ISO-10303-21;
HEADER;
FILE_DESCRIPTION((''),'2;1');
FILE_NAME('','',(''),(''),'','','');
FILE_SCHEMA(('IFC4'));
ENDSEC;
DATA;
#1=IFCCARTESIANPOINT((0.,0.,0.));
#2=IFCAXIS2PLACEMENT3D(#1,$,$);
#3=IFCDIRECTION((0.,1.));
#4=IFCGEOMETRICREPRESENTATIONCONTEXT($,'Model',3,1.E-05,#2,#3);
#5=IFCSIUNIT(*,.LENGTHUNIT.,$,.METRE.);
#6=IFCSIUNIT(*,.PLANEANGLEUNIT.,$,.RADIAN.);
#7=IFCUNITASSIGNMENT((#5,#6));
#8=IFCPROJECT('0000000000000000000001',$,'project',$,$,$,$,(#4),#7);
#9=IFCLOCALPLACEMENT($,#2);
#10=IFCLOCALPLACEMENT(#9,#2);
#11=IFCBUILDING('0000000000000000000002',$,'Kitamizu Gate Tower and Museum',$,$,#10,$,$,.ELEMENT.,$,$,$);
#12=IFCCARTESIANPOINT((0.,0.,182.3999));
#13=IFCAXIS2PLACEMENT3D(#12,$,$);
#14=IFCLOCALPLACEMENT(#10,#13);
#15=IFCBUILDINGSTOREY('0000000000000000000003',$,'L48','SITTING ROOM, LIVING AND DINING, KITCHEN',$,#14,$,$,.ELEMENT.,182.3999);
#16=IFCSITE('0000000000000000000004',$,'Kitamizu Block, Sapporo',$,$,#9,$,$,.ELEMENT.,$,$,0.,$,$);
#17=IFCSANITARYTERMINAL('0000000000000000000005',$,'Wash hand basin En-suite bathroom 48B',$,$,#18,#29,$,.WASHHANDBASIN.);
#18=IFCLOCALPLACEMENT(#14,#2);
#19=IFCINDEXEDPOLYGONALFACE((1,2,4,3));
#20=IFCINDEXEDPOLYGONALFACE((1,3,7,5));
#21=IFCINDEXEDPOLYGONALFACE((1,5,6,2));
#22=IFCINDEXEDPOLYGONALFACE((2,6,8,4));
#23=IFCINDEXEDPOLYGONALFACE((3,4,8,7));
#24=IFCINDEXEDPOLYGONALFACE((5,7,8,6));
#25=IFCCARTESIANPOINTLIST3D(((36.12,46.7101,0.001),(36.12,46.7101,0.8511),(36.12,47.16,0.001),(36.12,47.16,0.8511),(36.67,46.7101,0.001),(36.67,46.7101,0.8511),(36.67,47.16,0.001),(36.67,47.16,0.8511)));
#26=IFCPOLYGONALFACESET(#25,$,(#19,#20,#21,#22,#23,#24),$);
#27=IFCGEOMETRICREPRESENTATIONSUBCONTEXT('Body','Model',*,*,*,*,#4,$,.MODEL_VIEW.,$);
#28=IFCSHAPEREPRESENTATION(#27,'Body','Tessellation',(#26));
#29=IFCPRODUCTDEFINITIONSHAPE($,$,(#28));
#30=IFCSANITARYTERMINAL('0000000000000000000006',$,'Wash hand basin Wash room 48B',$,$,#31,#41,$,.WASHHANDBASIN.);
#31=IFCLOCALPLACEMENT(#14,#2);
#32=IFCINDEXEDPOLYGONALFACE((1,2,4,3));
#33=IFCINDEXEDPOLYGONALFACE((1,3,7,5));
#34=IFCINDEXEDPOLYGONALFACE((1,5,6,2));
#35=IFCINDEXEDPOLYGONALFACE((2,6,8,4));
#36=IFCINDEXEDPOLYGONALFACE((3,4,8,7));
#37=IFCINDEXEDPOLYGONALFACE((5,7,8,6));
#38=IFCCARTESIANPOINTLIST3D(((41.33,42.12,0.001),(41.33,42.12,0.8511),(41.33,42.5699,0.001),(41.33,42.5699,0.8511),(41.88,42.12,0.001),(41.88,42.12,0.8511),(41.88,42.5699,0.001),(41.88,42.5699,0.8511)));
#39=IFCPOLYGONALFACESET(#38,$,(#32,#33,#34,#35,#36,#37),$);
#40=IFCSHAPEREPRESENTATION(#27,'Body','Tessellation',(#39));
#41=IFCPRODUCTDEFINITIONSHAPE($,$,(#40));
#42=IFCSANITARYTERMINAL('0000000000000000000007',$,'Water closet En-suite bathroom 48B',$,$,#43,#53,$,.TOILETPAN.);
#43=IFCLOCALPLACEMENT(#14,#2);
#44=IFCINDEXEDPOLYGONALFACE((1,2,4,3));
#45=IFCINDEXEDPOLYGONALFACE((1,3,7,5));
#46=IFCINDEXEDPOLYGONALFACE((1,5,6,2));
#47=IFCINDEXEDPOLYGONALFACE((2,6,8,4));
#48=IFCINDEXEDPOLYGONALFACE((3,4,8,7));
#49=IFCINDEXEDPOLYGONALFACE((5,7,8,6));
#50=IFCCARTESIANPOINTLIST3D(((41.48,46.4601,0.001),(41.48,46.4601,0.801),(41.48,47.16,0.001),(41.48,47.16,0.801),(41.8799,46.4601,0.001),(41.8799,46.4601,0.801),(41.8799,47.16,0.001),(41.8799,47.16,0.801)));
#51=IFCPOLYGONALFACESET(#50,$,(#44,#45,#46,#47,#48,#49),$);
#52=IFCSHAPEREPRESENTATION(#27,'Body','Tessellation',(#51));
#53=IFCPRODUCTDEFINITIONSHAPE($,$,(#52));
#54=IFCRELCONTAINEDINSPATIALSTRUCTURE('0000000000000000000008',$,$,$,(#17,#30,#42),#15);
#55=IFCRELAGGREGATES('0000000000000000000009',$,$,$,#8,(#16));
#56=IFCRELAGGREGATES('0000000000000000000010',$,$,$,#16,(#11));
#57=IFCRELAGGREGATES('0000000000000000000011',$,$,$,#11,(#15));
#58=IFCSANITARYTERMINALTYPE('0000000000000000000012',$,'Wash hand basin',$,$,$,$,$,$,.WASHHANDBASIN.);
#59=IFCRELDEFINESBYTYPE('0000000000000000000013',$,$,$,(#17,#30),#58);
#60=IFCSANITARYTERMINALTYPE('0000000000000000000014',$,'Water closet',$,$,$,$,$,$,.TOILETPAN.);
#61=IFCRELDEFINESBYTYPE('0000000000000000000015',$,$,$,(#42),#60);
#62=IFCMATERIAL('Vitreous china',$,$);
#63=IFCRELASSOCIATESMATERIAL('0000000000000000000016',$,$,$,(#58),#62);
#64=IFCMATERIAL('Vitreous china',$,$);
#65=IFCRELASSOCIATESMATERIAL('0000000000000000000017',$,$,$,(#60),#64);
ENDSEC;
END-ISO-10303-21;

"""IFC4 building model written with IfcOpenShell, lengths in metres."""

from ifc_helpers import new_model, si_unit, direction, frame, origin, origin_2d, place, context, subcontext, project, spatial, rectangle, extrude, material, type_object, element, save


model = new_model("IFC4")

# Units and contexts
model_context = context("Model", 3, precision=1e-05, world=origin(), true_north=direction((0.0, 1.0)))
body_context = subcontext(model_context, "Body", "Model", "MODEL_VIEW")
ifc_project = project(units=[si_unit("LENGTHUNIT", "METRE"), si_unit("PLANEANGLEUNIT", "RADIAN")], contexts=[model_context])

# Site, building, storey
site_placement = place(None, origin())
site = spatial("IfcSite", under=ifc_project, at=site_placement, Name="Kitamizu Block, Sapporo", CompositionType="ELEMENT", RefElevation=0.0)
building_placement = place(site_placement, origin())
building = spatial("IfcBuilding", under=site, at=building_placement, Name="Kitamizu Gate Tower and Museum", CompositionType="ELEMENT")
storey_placement = place(building_placement, frame((0.0, 0.0, 182.3999)))
storey = spatial("IfcBuildingStorey", under=building, at=storey_placement, Name="L48", Description="SITTING ROOM, LIVING AND DINING, KITCHEN", CompositionType="ELEMENT", Elevation=182.3999)

# Sanitary terminals
ifc_material_1 = material(Name="Vitreous china")
sanitary_terminal_type_1 = type_object("IfcSanitaryTerminalType", Name="Wash hand basin", PredefinedType="WASHHANDBASIN", material=ifc_material_1)
for number, where, z_axis, x_axis, name in (
    (1, (36.395, 46.9351, 0.001), (0.0, 0.0, 1.0), (1.0, 0.0, 0.0), "Wash hand basin En-suite bathroom 48B"),
    (2, (41.605, 42.345, 0.001), (0.0, 0.0, 1.0), (1.0, 0.0, 0.0), "Wash hand basin Wash room 48B"),
):
    element("IfcSanitaryTerminal", number, at=place(storey_placement, frame(where, z_axis=z_axis, x_axis=x_axis)), inside=storey, type_object=sanitary_terminal_type_1, Name=name, PredefinedType="WASHHANDBASIN", context=body_context, shape_type="SweptSolid", body=[
        extrude(rectangle(XDim=0.55, YDim=0.45, at=origin_2d()), origin(), (0.0, 0.0, 1.0), 0.8501),
    ])
ifc_material_2 = material(Name="Vitreous china")
sanitary_terminal_type_2 = type_object("IfcSanitaryTerminalType", Name="Water closet", PredefinedType="TOILETPAN", material=ifc_material_2)
sanitary_terminal_1_placement = place(storey_placement, frame((41.6799, 46.8101, 0.001), z_axis=(0.0, 0.0, 1.0), x_axis=(1.0, 0.0, 0.0)))
element("IfcSanitaryTerminal", 3, at=sanitary_terminal_1_placement, inside=storey, type_object=sanitary_terminal_type_2, Name="Water closet En-suite bathroom 48B", PredefinedType="TOILETPAN", context=body_context, shape_type="SweptSolid", body=[
    extrude(rectangle(XDim=0.3999, YDim=0.7, at=origin_2d()), origin(), (0.0, 0.0, 1.0), 0.8),
])

save(model, "model.ifc")
